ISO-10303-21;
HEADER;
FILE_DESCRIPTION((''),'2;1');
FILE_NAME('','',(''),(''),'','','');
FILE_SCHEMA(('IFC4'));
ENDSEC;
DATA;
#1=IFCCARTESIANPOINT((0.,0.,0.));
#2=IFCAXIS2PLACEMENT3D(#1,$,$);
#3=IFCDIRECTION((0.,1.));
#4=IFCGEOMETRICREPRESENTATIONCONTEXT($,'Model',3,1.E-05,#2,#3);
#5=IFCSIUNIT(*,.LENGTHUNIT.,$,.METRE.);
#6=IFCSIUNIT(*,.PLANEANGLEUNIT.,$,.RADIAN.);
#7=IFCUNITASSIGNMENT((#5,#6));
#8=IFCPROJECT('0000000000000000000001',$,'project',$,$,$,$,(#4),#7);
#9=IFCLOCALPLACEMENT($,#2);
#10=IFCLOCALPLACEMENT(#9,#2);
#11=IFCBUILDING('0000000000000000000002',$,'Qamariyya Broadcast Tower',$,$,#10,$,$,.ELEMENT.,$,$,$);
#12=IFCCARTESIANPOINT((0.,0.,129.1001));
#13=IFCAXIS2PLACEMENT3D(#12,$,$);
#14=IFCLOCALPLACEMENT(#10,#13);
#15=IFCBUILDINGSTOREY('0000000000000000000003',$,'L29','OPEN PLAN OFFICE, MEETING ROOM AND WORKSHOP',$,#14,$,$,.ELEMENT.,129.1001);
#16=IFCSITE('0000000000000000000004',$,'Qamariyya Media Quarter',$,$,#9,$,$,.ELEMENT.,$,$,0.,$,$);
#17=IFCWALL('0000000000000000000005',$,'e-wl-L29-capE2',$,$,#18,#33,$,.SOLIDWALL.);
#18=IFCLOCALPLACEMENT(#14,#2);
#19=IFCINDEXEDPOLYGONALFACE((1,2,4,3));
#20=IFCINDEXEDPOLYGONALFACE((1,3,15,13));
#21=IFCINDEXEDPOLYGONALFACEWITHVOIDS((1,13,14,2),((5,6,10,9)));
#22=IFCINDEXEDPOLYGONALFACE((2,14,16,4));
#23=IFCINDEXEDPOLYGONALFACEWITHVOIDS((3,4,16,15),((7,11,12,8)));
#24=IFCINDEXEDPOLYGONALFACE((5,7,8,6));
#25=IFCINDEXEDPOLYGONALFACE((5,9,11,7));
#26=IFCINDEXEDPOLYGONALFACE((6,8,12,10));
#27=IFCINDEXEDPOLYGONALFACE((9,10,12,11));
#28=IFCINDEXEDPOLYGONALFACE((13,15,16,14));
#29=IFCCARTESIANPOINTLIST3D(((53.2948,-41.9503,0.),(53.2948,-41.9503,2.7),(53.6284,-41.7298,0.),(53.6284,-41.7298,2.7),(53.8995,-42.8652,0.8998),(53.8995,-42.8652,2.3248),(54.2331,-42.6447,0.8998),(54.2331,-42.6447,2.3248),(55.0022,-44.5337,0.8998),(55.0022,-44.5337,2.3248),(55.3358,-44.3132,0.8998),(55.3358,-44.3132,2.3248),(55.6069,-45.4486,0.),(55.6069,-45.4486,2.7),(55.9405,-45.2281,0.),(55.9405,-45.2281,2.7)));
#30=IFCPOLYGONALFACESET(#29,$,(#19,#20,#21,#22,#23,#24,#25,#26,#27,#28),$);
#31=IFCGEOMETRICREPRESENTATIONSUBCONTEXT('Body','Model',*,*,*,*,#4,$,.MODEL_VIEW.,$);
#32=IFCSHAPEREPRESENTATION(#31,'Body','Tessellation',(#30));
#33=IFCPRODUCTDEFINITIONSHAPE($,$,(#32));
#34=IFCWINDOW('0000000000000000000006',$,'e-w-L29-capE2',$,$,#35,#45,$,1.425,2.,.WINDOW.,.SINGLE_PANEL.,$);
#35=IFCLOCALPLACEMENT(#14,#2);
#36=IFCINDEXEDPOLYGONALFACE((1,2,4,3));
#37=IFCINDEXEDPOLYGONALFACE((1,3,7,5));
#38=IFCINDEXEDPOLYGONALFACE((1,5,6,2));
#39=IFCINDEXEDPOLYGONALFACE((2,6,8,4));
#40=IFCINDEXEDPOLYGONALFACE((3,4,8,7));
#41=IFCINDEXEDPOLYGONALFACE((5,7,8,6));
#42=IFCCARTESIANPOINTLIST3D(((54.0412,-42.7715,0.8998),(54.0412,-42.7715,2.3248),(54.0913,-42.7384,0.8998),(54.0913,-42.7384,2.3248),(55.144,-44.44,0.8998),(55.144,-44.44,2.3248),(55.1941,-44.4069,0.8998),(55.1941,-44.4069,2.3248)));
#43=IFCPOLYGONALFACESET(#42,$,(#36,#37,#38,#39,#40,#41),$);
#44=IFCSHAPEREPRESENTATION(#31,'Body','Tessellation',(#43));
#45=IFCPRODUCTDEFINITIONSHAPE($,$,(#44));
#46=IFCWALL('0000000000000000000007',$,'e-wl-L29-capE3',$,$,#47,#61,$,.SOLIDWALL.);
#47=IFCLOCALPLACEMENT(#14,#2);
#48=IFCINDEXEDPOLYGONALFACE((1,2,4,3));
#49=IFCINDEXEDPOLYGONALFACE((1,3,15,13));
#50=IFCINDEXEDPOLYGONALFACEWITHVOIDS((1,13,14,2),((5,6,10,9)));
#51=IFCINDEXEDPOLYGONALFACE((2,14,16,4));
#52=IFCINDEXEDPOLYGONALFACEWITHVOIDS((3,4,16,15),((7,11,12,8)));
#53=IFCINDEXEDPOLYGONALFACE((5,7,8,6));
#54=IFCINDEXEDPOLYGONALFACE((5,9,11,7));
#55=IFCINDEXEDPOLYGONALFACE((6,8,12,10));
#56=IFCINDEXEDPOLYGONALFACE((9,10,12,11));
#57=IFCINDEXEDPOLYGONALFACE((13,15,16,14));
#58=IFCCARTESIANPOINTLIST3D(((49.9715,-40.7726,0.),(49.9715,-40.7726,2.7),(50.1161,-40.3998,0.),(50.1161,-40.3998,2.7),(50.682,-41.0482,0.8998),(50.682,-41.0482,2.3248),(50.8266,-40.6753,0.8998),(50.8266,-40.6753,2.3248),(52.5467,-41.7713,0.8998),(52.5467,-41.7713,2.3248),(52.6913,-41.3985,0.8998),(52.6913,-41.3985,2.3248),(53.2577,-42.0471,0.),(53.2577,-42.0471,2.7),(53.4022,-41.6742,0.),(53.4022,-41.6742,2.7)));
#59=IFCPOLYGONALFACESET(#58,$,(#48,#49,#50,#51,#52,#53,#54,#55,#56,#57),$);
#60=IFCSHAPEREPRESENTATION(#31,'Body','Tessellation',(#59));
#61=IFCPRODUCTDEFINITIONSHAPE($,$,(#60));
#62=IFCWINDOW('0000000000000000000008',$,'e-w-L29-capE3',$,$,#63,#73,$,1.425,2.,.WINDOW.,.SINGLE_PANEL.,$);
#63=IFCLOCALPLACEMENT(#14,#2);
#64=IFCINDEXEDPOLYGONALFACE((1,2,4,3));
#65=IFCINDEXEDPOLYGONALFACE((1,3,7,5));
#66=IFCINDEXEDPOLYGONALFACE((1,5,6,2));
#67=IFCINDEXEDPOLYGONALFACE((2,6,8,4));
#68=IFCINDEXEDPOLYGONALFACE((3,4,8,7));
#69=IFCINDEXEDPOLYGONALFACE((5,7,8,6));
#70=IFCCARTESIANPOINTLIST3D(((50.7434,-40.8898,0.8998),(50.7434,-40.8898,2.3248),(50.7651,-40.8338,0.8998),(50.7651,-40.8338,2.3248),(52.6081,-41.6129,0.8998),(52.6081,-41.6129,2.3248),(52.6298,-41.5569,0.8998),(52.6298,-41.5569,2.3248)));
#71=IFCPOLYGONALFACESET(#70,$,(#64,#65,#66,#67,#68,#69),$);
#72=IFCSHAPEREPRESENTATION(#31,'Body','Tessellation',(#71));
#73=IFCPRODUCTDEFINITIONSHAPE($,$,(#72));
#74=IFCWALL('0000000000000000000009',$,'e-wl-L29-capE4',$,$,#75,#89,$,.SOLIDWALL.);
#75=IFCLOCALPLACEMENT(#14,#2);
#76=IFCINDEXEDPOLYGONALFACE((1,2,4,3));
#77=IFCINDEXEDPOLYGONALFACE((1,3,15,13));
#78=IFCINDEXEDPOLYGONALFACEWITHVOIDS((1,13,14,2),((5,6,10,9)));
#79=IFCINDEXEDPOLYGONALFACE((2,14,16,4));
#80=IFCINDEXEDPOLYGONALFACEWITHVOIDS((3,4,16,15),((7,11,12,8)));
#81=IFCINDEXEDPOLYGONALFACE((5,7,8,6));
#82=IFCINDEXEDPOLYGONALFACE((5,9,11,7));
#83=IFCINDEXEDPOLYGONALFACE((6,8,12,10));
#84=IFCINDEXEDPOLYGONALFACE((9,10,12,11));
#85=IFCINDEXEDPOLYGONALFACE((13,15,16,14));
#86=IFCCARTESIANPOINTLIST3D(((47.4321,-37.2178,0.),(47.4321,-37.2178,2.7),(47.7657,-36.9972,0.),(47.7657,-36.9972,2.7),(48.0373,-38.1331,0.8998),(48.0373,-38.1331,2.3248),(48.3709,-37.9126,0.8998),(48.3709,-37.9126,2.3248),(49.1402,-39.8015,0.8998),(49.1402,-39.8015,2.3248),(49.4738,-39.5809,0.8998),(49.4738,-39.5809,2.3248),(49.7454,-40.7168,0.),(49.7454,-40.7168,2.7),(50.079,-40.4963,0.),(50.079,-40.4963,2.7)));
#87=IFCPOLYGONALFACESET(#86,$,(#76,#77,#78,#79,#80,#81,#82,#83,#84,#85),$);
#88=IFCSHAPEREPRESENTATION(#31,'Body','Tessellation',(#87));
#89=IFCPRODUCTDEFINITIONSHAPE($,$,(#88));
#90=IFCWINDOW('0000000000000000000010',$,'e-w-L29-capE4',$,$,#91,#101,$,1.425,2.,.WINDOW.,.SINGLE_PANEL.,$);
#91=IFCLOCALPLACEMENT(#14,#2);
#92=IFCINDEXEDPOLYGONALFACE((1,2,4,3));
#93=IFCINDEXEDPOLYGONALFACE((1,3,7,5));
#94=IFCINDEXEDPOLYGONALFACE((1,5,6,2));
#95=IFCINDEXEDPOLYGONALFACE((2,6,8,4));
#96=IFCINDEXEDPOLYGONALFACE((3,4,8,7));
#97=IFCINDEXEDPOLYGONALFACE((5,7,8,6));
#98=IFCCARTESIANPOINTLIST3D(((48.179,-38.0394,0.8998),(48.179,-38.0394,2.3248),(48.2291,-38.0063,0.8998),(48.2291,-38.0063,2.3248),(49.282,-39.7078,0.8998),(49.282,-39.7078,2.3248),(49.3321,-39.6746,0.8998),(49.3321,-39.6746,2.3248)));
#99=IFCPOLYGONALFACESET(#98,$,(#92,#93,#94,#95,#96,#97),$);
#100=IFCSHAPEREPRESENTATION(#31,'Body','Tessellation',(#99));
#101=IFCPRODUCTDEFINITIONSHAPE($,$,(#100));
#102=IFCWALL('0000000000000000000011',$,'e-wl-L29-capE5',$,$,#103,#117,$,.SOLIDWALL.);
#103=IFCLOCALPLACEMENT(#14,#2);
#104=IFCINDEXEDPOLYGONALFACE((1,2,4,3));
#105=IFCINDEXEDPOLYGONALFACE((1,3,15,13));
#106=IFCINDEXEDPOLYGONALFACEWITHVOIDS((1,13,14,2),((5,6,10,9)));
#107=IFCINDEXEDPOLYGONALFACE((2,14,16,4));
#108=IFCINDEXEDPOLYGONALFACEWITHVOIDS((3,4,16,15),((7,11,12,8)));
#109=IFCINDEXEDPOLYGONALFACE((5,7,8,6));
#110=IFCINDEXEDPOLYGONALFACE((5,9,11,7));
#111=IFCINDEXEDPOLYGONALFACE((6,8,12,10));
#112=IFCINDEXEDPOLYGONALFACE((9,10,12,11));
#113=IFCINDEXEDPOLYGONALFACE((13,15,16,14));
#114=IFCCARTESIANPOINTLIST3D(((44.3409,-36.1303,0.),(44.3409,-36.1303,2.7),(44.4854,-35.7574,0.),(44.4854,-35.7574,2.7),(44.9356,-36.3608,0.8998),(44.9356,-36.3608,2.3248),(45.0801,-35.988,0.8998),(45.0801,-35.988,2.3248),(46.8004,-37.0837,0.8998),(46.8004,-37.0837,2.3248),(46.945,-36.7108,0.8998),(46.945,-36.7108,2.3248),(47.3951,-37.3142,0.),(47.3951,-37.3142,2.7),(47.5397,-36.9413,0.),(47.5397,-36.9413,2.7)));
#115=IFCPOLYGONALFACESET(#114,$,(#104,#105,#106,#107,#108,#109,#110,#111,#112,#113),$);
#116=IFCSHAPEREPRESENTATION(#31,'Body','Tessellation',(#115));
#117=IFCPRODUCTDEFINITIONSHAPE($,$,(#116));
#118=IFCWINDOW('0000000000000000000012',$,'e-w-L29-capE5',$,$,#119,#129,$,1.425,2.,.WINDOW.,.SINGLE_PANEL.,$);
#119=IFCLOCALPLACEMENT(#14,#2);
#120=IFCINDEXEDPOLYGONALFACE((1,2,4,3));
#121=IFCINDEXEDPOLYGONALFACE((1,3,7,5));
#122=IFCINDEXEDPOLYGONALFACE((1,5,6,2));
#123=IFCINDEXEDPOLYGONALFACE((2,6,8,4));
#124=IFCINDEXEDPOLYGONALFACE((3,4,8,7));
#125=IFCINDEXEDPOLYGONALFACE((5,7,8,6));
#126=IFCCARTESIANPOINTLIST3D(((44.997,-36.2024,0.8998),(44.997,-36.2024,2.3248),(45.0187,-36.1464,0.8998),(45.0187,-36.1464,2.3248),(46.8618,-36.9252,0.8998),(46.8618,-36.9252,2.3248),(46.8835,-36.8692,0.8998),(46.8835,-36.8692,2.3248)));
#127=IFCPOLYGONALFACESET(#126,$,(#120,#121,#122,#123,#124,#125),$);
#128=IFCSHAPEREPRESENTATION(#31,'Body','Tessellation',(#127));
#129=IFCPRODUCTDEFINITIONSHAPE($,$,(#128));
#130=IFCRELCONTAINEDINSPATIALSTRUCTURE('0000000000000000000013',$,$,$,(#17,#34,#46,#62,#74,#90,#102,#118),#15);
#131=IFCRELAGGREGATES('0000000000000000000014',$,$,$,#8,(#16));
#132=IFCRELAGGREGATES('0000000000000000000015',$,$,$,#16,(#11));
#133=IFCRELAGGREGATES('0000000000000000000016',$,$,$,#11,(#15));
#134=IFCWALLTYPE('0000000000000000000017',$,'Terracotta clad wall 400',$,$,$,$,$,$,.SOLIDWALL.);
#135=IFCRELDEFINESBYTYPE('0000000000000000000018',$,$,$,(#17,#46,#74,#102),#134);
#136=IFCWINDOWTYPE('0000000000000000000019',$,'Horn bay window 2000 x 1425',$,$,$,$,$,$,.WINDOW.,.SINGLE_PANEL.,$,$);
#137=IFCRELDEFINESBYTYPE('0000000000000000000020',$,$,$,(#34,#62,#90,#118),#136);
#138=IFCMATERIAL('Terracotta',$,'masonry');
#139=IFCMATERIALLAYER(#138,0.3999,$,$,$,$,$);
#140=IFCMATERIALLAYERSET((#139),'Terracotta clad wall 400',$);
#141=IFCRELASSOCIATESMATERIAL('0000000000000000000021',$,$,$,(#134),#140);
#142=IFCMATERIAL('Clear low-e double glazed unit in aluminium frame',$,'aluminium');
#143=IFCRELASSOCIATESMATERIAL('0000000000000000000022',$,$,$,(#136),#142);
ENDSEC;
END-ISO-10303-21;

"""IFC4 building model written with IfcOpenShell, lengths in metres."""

from ifc_helpers import new_model, si_unit, direction, frame, frame_2d, origin, place, context, subcontext, project, spatial, rectangle, extrude, material, layer, layer_set, type_object, element, fill, save


model = new_model("IFC4")

# Units and contexts
model_context = context("Model", 3, precision=1e-05, world=origin(), true_north=direction((0.0, 1.0)))
body_context = subcontext(model_context, "Body", "Model", "MODEL_VIEW")
ifc_project = project(units=[si_unit("LENGTHUNIT", "METRE"), si_unit("PLANEANGLEUNIT", "RADIAN")], contexts=[model_context])

# Site, building, storey
site_placement = place(None, origin())
site = spatial("IfcSite", under=ifc_project, at=site_placement, Name="Qamariyya Media Quarter", CompositionType="ELEMENT", RefElevation=0.0)
building_placement = place(site_placement, origin())
building = spatial("IfcBuilding", under=site, at=building_placement, Name="Qamariyya Broadcast Tower", CompositionType="ELEMENT")
storey_placement = place(building_placement, frame((0.0, 0.0, 129.1001)))
storey = spatial("IfcBuildingStorey", under=building, at=storey_placement, Name="L29", Description="OPEN PLAN OFFICE, MEETING ROOM AND WORKSHOP", CompositionType="ELEMENT", Elevation=129.1001)

# Walls, openings, windows
ifc_material_1 = material(Name="Terracotta", Category="masonry")
ifc_layer = layer(ifc_material_1, 0.3999)
ifc_layer_set = layer_set([ifc_layer], Name="Terracotta clad wall 400")
wall_type = type_object("IfcWallType", Name="Terracotta clad wall 400", PredefinedType="SOLIDWALL", material=ifc_layer_set)
ifc_material_2 = material(Name="Clear low-e double glazed unit in aluminium frame", Category="aluminium")
window_type_1 = type_object("IfcWindowType", Name="Horn bay window 2000 x 1425", PartitioningType="SINGLE_PANEL", PredefinedType="WINDOW", material=ifc_material_2)
wall_1_placement = place(storey_placement, frame((55.7737, -45.3384, 0.0), z_axis=(0.0, 0.0, 1.0), x_axis=(-0.551364, 0.834265, 0.0)))
wall_1 = element("IfcWall", 1, at=wall_1_placement, inside=storey, type_object=wall_type, Name="e-wl-L29-capE2", PredefinedType="SOLIDWALL", context=body_context, shape_type="SweptSolid", body=[
    extrude(rectangle(XDim=4.1934, YDim=0.3999, at=frame_2d((2.0967, 0.0))), origin(), (0.0, 0.0, 1.0), 2.7),
])
opening_1_placement = place(wall_1_placement, frame((1.0967, 0.0, 0.8999)))
opening_1 = element("IfcOpeningElement", 2, at=opening_1_placement, cuts=wall_1, PredefinedType="OPENING", context=body_context, shape_type="SweptSolid", body=[
    extrude(rectangle(XDim=2.0, YDim=1.425, at=frame_2d((1.0, 0.7124))), frame((0.0, 0.21, 0.0), z_axis=(0.0, -1.0, 0.0), x_axis=(1.0, 0.0, 0.0)), (0.0, 0.0, 1.0), 0.4199),
])
window_1_placement = place(opening_1_placement, origin())
window_1 = element("IfcWindow", 3, at=window_1_placement, inside=storey, type_object=window_type_1, Name="e-w-L29-capE2", OverallHeight=1.425, OverallWidth=2.0, PartitioningType="SINGLE_PANEL", PredefinedType="WINDOW", context=body_context, shape_type="SweptSolid", body=[
    extrude(rectangle(XDim=2.0, YDim=1.425, at=frame_2d((1.0, 0.7124))), frame((0.0, 0.03, 0.0), z_axis=(0.0, -1.0, 0.0), x_axis=(1.0, 0.0, 0.0)), (0.0, 0.0, 1.0), 0.0601),
])
fill(opening_1, window_1)
wall_2_placement = place(storey_placement, frame((53.3298, -41.8606, 0.0), z_axis=(0.0, 0.0, 1.0), x_axis=(-0.932342, 0.361577, 0.0)))
wall_2 = element("IfcWall", 4, at=wall_2_placement, inside=storey, type_object=wall_type, Name="e-wl-L29-capE3", PredefinedType="SOLIDWALL", context=body_context, shape_type="SweptSolid", body=[
    extrude(rectangle(XDim=3.5247, YDim=0.3999, at=frame_2d((1.7622, 0.0))), origin(), (0.0, 0.0, 1.0), 2.7),
])
opening_2_placement = place(wall_2_placement, frame((0.7625, 0.0, 0.8999)))
opening_2 = element("IfcOpeningElement", 5, at=opening_2_placement, cuts=wall_2, PredefinedType="OPENING", context=body_context, shape_type="SweptSolid", body=[
    extrude(rectangle(XDim=2.0, YDim=1.425, at=frame_2d((1.0, 0.7124))), frame((0.0, 0.21, 0.0), z_axis=(0.0, -1.0, 0.0), x_axis=(1.0, 0.0, 0.0)), (0.0, 0.0, 1.0), 0.4199),
])
window_2_placement = place(opening_2_placement, origin())
window_2 = element("IfcWindow", 6, at=window_2_placement, inside=storey, type_object=window_type_1, Name="e-w-L29-capE3", OverallHeight=1.425, OverallWidth=2.0, PartitioningType="SINGLE_PANEL", PredefinedType="WINDOW", context=body_context, shape_type="SweptSolid", body=[
    extrude(rectangle(XDim=2.0, YDim=1.425, at=frame_2d((1.0, 0.7124))), frame((0.0, 0.03, 0.0), z_axis=(0.0, -1.0, 0.0), x_axis=(1.0, 0.0, 0.0)), (0.0, 0.0, 1.0), 0.0601),
])
fill(opening_2, window_2)
wall_3_placement = place(storey_placement, frame((49.9121, -40.6064, 0.0), z_axis=(0.0, 0.0, 1.0), x_axis=(-0.551486, 0.834184, 0.0)))
wall_3 = element("IfcWall", 7, at=wall_3_placement, inside=storey, type_object=wall_type, Name="e-wl-L29-capE4", PredefinedType="SOLIDWALL", context=body_context, shape_type="SweptSolid", body=[
    extrude(rectangle(XDim=4.1946, YDim=0.3999, at=frame_2d((2.0972, 0.0))), origin(), (0.0, 0.0, 1.0), 2.7),
])
opening_3_placement = place(wall_3_placement, frame((1.0972, 0.0, 0.8999)))
opening_3 = element("IfcOpeningElement", 8, at=opening_3_placement, cuts=wall_3, PredefinedType="OPENING", context=body_context, shape_type="SweptSolid", body=[
    extrude(rectangle(XDim=2.0, YDim=1.425, at=frame_2d((1.0, 0.7124))), frame((0.0, 0.21, 0.0), z_axis=(0.0, -1.0, 0.0), x_axis=(1.0, 0.0, 0.0)), (0.0, 0.0, 1.0), 0.4199),
])
window_3_placement = place(opening_3_placement, origin())
window_3 = element("IfcWindow", 9, at=window_3_placement, inside=storey, type_object=window_type_1, Name="e-w-L29-capE4", OverallHeight=1.425, OverallWidth=2.0, PartitioningType="SINGLE_PANEL", PredefinedType="WINDOW", context=body_context, shape_type="SweptSolid", body=[
    extrude(rectangle(XDim=2.0, YDim=1.425, at=frame_2d((1.0, 0.7124))), frame((0.0, 0.03, 0.0), z_axis=(0.0, -1.0, 0.0), x_axis=(1.0, 0.0, 0.0)), (0.0, 0.0, 1.0), 0.0601),
])
fill(opening_3, window_3)
wall_4_placement = place(storey_placement, frame((47.4673, -37.1277, 0.0), z_axis=(0.0, 0.0, 1.0), x_axis=(-0.932407, 0.36141, 0.0)))
wall_4 = element("IfcWall", 10, at=wall_4_placement, inside=storey, type_object=wall_type, Name="e-wl-L29-capE5", PredefinedType="SOLIDWALL", context=body_context, shape_type="SweptSolid", body=[
    extrude(rectangle(XDim=3.2756, YDim=0.3999, at=frame_2d((1.6377, 0.0))), origin(), (0.0, 0.0, 1.0), 2.7),
])
opening_4_placement = place(wall_4_placement, frame((0.6377, 0.0, 0.8999)))
opening_4 = element("IfcOpeningElement", 11, at=opening_4_placement, cuts=wall_4, PredefinedType="OPENING", context=body_context, shape_type="SweptSolid", body=[
    extrude(rectangle(XDim=2.0, YDim=1.425, at=frame_2d((1.0, 0.7124))), frame((0.0, 0.21, 0.0), z_axis=(0.0, -1.0, 0.0), x_axis=(1.0, 0.0, 0.0)), (0.0, 0.0, 1.0), 0.4199),
])
window_4_placement = place(opening_4_placement, origin())
window_4 = element("IfcWindow", 12, at=window_4_placement, inside=storey, type_object=window_type_1, Name="e-w-L29-capE5", OverallHeight=1.425, OverallWidth=2.0, PartitioningType="SINGLE_PANEL", PredefinedType="WINDOW", context=body_context, shape_type="SweptSolid", body=[
    extrude(rectangle(XDim=2.0, YDim=1.425, at=frame_2d((1.0, 0.7124))), frame((0.0, 0.03, 0.0), z_axis=(0.0, -1.0, 0.0), x_axis=(1.0, 0.0, 0.0)), (0.0, 0.0, 1.0), 0.0601),
])
fill(opening_4, window_4)

save(model, "model.ifc")
